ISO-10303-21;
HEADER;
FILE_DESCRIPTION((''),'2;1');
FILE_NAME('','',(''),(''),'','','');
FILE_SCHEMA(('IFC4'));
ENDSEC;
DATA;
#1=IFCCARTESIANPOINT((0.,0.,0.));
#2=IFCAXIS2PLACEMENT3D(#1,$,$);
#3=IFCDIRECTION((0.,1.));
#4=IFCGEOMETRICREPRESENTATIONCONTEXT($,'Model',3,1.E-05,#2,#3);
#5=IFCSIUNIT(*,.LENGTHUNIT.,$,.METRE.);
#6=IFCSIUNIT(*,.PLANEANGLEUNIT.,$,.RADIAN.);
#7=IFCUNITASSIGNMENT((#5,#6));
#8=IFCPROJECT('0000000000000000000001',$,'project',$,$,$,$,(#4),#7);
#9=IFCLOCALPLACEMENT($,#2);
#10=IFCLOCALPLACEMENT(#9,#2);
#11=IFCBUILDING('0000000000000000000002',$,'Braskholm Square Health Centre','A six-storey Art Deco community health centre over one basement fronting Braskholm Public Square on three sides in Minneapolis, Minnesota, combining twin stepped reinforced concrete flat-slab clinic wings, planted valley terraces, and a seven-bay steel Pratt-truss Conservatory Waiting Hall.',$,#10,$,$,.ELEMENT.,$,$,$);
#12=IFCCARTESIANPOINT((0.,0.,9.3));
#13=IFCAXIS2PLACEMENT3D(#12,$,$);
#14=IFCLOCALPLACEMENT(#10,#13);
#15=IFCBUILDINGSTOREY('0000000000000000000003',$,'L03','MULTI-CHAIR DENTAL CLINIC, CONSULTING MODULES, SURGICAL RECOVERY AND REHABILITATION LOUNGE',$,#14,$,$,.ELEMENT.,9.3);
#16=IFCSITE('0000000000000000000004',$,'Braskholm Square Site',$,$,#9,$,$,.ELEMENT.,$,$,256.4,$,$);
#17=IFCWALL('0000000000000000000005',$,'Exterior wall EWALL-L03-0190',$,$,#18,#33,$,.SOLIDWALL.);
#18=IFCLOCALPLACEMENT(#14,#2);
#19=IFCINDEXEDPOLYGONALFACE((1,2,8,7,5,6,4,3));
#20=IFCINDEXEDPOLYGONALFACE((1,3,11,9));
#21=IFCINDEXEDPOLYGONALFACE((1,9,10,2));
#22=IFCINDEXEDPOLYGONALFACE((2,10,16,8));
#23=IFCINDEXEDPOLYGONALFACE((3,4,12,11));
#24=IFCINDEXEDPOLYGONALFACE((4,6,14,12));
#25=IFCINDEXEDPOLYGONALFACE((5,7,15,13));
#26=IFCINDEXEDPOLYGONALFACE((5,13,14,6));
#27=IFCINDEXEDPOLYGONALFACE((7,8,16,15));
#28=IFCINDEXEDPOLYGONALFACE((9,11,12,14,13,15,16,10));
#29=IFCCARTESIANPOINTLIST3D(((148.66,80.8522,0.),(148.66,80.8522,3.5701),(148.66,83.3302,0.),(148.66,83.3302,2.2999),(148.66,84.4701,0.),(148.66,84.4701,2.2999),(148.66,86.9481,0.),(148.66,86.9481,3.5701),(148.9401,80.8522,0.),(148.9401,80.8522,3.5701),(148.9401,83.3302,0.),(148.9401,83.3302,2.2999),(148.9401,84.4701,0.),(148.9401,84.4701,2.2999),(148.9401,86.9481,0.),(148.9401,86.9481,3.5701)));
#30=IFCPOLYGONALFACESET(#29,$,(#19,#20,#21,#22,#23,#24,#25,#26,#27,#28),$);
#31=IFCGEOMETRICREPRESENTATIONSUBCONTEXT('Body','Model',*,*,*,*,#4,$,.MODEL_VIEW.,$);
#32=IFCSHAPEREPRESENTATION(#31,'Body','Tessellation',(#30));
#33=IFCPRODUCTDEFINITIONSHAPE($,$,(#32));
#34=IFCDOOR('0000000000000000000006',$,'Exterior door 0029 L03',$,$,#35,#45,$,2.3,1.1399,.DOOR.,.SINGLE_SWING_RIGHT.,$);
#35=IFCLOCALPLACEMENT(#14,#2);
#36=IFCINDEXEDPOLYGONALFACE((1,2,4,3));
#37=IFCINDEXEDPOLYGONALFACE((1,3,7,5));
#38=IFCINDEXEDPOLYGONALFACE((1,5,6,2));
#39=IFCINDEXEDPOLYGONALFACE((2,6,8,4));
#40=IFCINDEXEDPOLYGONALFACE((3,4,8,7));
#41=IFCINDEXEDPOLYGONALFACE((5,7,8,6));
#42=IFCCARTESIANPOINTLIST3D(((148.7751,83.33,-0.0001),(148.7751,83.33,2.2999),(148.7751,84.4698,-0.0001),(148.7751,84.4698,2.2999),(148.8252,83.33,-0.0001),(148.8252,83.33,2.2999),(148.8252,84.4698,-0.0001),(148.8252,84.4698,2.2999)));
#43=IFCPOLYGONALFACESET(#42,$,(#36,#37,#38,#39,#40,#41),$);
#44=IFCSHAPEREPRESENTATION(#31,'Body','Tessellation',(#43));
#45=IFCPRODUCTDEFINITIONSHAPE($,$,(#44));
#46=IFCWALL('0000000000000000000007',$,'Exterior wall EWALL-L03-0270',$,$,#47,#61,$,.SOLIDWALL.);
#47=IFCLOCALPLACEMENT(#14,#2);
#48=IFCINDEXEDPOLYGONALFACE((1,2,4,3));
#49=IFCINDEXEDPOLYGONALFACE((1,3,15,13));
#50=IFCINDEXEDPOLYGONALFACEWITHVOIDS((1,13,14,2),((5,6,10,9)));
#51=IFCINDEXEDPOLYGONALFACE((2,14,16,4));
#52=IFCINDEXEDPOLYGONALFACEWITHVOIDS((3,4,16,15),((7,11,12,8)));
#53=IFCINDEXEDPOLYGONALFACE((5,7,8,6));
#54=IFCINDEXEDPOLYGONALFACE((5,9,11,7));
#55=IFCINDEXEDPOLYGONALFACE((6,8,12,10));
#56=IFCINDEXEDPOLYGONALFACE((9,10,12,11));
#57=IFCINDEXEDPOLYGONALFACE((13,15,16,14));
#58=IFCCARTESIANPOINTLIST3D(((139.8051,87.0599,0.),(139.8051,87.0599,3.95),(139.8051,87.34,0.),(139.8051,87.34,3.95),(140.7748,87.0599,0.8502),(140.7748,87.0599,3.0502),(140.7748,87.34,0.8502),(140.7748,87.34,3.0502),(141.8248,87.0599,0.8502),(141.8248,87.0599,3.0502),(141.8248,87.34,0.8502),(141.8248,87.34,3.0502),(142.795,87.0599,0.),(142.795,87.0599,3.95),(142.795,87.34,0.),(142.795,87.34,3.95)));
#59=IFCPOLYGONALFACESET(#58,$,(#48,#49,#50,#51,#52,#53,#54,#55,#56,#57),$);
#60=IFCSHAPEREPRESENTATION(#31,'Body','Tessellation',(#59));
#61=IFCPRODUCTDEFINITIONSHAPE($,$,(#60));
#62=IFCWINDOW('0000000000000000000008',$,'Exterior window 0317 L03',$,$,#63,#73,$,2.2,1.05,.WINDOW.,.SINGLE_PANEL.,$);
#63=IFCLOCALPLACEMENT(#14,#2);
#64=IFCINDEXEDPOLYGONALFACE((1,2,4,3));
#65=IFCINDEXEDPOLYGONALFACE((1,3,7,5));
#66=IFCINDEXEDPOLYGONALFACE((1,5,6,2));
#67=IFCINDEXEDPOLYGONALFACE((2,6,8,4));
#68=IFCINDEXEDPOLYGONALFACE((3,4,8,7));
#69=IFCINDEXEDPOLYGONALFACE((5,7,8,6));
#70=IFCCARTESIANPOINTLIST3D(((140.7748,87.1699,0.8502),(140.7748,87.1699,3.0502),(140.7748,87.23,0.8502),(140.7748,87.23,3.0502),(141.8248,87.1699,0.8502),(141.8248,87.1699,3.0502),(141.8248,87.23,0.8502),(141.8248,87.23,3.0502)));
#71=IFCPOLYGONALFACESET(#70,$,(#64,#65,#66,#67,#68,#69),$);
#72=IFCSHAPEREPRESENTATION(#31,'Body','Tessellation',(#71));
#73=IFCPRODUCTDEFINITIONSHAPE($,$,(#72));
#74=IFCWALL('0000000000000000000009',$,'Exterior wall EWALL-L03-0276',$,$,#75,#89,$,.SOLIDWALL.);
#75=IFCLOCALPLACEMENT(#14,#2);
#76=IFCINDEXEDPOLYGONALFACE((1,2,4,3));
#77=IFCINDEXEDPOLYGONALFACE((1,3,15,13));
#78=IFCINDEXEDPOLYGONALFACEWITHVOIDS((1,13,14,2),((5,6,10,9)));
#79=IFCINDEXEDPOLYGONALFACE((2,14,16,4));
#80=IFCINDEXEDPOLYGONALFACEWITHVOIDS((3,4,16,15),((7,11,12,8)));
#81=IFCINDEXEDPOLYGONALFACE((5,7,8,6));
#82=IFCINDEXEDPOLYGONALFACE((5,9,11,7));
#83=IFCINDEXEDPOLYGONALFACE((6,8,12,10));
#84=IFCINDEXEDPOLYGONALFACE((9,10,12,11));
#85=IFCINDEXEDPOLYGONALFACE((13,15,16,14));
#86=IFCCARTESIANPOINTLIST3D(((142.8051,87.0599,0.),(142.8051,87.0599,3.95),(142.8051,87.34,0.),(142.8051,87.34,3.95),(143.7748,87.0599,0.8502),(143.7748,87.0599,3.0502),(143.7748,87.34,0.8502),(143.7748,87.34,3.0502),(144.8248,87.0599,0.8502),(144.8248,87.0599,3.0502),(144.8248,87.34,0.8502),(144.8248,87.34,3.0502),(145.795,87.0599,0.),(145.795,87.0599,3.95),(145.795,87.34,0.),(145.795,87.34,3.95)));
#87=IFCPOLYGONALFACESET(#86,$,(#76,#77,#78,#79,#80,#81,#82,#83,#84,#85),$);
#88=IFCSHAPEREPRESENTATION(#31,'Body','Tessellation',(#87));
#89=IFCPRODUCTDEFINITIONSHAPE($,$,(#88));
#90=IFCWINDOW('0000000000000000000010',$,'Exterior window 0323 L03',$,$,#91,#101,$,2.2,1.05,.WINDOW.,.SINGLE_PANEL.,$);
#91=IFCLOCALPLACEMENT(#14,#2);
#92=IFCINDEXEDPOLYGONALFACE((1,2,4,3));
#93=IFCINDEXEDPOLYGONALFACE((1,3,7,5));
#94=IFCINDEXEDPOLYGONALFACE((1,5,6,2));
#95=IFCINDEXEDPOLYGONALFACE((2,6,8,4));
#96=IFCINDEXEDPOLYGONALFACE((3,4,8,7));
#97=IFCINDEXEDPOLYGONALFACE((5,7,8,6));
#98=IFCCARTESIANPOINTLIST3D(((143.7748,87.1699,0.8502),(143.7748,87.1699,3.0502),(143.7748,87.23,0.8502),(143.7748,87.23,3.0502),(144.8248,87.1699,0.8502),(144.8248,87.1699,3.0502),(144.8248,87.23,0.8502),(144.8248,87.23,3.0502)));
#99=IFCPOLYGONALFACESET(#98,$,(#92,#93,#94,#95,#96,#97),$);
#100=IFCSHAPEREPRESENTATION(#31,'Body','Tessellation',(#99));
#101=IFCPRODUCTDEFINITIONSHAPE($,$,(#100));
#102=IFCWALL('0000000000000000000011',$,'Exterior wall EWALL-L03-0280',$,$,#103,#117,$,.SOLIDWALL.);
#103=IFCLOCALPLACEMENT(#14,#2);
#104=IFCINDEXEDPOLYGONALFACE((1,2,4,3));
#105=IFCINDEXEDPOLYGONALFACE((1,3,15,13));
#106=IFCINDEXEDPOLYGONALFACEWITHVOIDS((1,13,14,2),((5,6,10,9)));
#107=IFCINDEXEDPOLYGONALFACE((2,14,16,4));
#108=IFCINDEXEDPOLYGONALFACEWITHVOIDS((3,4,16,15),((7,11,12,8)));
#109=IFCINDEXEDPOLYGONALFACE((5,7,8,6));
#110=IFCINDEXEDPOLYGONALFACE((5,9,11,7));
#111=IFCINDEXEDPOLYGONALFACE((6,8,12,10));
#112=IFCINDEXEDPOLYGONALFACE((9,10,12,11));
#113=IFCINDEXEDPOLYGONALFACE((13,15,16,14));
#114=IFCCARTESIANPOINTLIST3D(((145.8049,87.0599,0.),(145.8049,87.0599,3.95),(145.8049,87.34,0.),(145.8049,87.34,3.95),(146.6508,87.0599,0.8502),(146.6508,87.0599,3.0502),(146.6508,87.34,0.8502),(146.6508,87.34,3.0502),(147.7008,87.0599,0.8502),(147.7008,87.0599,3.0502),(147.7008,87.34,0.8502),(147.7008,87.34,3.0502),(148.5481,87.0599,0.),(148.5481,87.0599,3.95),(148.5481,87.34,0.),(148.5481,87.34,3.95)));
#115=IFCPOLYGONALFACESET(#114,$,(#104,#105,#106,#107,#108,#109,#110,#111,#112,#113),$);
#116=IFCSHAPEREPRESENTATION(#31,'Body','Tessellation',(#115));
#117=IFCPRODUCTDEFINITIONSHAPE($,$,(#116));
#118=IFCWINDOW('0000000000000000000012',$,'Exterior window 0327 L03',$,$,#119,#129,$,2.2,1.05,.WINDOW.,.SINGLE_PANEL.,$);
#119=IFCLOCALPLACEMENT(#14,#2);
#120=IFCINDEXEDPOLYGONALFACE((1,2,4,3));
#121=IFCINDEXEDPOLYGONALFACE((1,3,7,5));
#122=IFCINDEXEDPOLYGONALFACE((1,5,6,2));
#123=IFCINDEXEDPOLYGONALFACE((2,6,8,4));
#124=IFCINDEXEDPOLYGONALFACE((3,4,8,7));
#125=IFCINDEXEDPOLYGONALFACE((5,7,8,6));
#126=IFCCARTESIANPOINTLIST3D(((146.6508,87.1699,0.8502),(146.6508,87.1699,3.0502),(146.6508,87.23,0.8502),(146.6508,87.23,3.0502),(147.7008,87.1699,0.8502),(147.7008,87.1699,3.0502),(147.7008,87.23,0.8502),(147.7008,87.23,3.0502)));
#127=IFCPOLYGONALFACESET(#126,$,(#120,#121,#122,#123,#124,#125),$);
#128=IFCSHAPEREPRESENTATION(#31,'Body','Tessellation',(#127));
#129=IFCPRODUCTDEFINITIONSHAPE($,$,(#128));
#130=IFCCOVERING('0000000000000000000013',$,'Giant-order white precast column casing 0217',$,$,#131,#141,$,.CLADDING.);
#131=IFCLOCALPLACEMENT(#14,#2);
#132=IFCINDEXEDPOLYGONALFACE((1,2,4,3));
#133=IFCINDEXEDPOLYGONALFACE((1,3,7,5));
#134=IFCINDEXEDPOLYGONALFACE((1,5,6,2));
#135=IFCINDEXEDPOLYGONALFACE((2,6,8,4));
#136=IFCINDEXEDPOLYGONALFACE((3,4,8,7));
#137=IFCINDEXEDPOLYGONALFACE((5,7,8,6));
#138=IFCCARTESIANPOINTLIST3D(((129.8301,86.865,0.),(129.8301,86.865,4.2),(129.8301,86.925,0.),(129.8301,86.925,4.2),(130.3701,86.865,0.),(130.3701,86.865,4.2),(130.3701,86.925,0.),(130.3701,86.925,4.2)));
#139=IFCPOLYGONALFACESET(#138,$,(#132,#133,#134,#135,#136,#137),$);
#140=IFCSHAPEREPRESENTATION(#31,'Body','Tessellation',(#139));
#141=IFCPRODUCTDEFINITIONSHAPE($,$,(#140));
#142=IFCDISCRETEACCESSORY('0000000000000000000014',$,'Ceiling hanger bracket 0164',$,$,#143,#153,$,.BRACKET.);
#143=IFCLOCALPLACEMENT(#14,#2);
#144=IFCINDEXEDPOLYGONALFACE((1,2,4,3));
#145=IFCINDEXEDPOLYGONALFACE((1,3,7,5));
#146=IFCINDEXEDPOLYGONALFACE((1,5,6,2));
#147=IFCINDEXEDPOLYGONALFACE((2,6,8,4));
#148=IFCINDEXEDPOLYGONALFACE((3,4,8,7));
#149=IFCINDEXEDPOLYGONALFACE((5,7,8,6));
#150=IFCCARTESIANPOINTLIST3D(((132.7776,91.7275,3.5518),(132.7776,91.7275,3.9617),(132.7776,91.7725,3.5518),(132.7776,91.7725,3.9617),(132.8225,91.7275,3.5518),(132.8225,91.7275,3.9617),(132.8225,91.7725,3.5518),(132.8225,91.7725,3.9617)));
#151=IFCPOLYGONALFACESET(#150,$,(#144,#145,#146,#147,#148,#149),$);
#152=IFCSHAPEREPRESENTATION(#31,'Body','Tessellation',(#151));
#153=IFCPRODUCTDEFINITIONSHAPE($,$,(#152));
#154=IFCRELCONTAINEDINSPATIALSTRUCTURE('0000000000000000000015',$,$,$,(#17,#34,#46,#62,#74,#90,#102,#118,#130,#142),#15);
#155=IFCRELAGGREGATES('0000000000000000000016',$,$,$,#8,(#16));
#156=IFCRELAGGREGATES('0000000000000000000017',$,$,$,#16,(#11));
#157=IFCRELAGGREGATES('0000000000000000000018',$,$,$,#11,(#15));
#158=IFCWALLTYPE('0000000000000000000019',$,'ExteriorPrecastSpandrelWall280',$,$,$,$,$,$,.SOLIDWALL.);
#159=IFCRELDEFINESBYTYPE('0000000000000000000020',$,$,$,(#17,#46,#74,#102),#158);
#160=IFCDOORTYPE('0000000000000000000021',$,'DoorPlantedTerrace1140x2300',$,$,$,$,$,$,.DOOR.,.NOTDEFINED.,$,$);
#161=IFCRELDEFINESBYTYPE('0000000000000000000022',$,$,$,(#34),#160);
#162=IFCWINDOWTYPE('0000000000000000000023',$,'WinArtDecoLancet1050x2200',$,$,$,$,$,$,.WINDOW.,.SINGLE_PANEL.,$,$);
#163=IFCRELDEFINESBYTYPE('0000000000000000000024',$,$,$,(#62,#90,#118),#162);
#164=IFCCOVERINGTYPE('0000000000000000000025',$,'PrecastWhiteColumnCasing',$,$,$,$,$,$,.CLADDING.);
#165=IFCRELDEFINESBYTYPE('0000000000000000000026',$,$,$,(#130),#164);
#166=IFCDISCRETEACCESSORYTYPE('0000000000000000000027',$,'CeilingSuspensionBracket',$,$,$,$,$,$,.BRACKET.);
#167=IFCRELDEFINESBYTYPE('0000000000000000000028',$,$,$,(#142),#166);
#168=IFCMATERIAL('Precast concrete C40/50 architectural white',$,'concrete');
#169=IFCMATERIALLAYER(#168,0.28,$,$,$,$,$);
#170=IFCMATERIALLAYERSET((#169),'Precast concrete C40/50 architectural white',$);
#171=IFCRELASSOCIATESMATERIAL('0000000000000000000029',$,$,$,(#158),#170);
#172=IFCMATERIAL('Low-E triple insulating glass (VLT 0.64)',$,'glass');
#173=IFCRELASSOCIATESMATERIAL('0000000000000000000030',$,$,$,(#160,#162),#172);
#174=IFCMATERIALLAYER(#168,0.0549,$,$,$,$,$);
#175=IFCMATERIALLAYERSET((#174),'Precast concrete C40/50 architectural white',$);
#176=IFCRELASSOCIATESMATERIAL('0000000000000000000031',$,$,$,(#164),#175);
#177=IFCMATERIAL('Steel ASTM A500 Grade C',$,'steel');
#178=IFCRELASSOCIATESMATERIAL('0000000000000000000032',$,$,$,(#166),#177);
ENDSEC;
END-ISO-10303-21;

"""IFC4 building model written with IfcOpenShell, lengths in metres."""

from ifc_helpers import new_model, si_unit, direction, frame, frame_2d, origin, origin_with_axes, origin_2d, place, context, subcontext, project, spatial, rectangle, extrude, material, layer, layer_set, type_object, element, fill, save


model = new_model("IFC4")

# Units and contexts
model_context = context("Model", 3, precision=1e-05, world=origin(), true_north=direction((0.0, 1.0)))
body_context = subcontext(model_context, "Body", "Model", "MODEL_VIEW")
ifc_project = project(units=[si_unit("LENGTHUNIT", "METRE"), si_unit("PLANEANGLEUNIT", "RADIAN")], contexts=[model_context])

# Site, building, storey
site_placement = place(None, origin())
site = spatial("IfcSite", under=ifc_project, at=site_placement, Name="Braskholm Square Site", CompositionType="ELEMENT", RefElevation=256.4)
building_placement = place(site_placement, origin())
building = spatial("IfcBuilding", under=site, at=building_placement, Name="Braskholm Square Health Centre", Description="A six-storey Art Deco community health centre over one basement fronting Braskholm Public Square on three sides in Minneapolis, Minnesota, combining twin stepped reinforced concrete flat-slab clinic wings, planted valley terraces, and a seven-bay steel Pratt-truss Conservatory Waiting Hall.", CompositionType="ELEMENT")
storey_placement = place(building_placement, frame((0.0, 0.0, 9.3)))
storey = spatial("IfcBuildingStorey", under=building, at=storey_placement, Name="L03", Description="MULTI-CHAIR DENTAL CLINIC, CONSULTING MODULES, SURGICAL RECOVERY AND REHABILITATION LOUNGE", CompositionType="ELEMENT", Elevation=9.3)

# Shared definitions
ifc_material_1 = material(Name="Precast concrete C40/50 architectural white", Category="concrete")

# Shared definitions
ifc_material_2 = material(Name="Low-E triple insulating glass (VLT 0.64)", Category="glass")

# Wall, opening, door
ifc_layer_1 = layer(ifc_material_1, 0.28)
ifc_layer_set_1 = layer_set([ifc_layer_1], Name="Precast concrete C40/50 architectural white")
wall_type = type_object("IfcWallType", Name="ExteriorPrecastSpandrelWall280", PredefinedType="SOLIDWALL", material=ifc_layer_set_1)
wall_1_placement = place(storey_placement, frame((148.8, 86.948, 0.0), z_axis=(0.0, 0.0, 1.0), x_axis=(0.0, -1.0, 0.0)))
wall_1 = element("IfcWall", 1, at=wall_1_placement, inside=storey, type_object=wall_type, Name="Exterior wall EWALL-L03-0190", PredefinedType="SOLIDWALL", context=body_context, shape_type="SweptSolid", body=[
    extrude(rectangle(XDim=6.0959, YDim=0.28, at=frame_2d((3.0479, 0.0))), origin(), (0.0, 0.0, 1.0), 3.5701),
])
opening_1_placement = place(wall_1_placement, frame((2.478, 0.0, 0.0)))
opening_1 = element("IfcOpeningElement", 2, at=opening_1_placement, cuts=wall_1, PredefinedType="OPENING", context=body_context, shape_type="SweptSolid", body=[
    extrude(rectangle(XDim=1.1399, YDim=2.3, at=frame_2d((0.5698, 1.1499))), frame((0.0, 0.1499, 0.0), z_axis=(0.0, -1.0, 0.0), x_axis=(1.0, 0.0, 0.0)), (0.0, 0.0, 1.0), 0.3),
])
door_type = type_object("IfcDoorType", Name="DoorPlantedTerrace1140x2300", OperationType="NOTDEFINED", PredefinedType="DOOR", material=ifc_material_2)
door_placement = place(opening_1_placement, frame((1.1399, 0.0, 0.0), z_axis=(0.0, 0.0, 1.0), x_axis=(-1.0, 0.0, 0.0)))
door = element("IfcDoor", 3, at=door_placement, inside=storey, type_object=door_type, Name="Exterior door 0029 L03", OperationType="SINGLE_SWING_RIGHT", OverallHeight=2.3, OverallWidth=1.1399, PredefinedType="DOOR", context=body_context, shape_type="SweptSolid", body=[
    extrude(rectangle(XDim=1.1399, YDim=2.3, at=frame_2d((0.5698, 1.1499))), frame((0.0, 0.0249, 0.0), z_axis=(0.0, -1.0, 0.0), x_axis=(1.0, 0.0, 0.0)), (0.0, 0.0, 1.0), 0.05),
])
fill(opening_1, door)

# Walls, openings, windows
wall_2_placement = place(storey_placement, frame((139.8049, 87.2, 0.0), z_axis=(0.0, 0.0, 1.0), x_axis=(1.0, 0.0, 0.0)))
wall_2 = element("IfcWall", 4, at=wall_2_placement, inside=storey, type_object=wall_type, Name="Exterior wall EWALL-L03-0270", PredefinedType="SOLIDWALL", context=body_context, shape_type="SweptSolid", body=[
    extrude(rectangle(XDim=2.99, YDim=0.28, at=frame_2d((1.4951, 0.0))), origin(), (0.0, 0.0, 1.0), 3.95),
])
opening_2_placement = place(wall_2_placement, frame((0.97, 0.0, 0.8501)))
opening_2 = element("IfcOpeningElement", 5, at=opening_2_placement, cuts=wall_2, PredefinedType="OPENING", context=body_context, shape_type="SweptSolid", body=[
    extrude(rectangle(XDim=1.05, YDim=2.2, at=frame_2d((0.5249, 1.1001))), frame((0.0, 0.1499, 0.0), z_axis=(0.0, -1.0, 0.0), x_axis=(1.0, 0.0, 0.0)), (0.0, 0.0, 1.0), 0.3),
])
window_type = type_object("IfcWindowType", Name="WinArtDecoLancet1050x2200", PartitioningType="SINGLE_PANEL", PredefinedType="WINDOW", material=ifc_material_2)
window_1_placement = place(opening_2_placement, origin_with_axes())
window_1 = element("IfcWindow", 6, at=window_1_placement, inside=storey, type_object=window_type, Name="Exterior window 0317 L03", OverallHeight=2.2, OverallWidth=1.05, PartitioningType="SINGLE_PANEL", PredefinedType="WINDOW", context=body_context, shape_type="SweptSolid", body=[
    extrude(rectangle(XDim=1.05, YDim=2.2, at=frame_2d((0.5249, 1.1001))), frame((0.0, 0.03, 0.0), z_axis=(0.0, -1.0, 0.0), x_axis=(1.0, 0.0, 0.0)), (0.0, 0.0, 1.0), 0.0601),
])
fill(opening_2, window_1)
wall_3_placement = place(storey_placement, frame((142.8049, 87.2, 0.0), z_axis=(0.0, 0.0, 1.0), x_axis=(1.0, 0.0, 0.0)))
wall_3 = element("IfcWall", 7, at=wall_3_placement, inside=storey, type_object=wall_type, Name="Exterior wall EWALL-L03-0276", PredefinedType="SOLIDWALL", context=body_context, shape_type="SweptSolid", body=[
    extrude(rectangle(XDim=2.99, YDim=0.28, at=frame_2d((1.4951, 0.0))), origin(), (0.0, 0.0, 1.0), 3.95),
])
opening_3_placement = place(wall_3_placement, frame((0.97, 0.0, 0.8501)))
opening_3 = element("IfcOpeningElement", 8, at=opening_3_placement, cuts=wall_3, PredefinedType="OPENING", context=body_context, shape_type="SweptSolid", body=[
    extrude(rectangle(XDim=1.05, YDim=2.2, at=frame_2d((0.5249, 1.1001))), frame((0.0, 0.1499, 0.0), z_axis=(0.0, -1.0, 0.0), x_axis=(1.0, 0.0, 0.0)), (0.0, 0.0, 1.0), 0.3),
])
window_2_placement = place(opening_3_placement, origin_with_axes())
window_2 = element("IfcWindow", 9, at=window_2_placement, inside=storey, type_object=window_type, Name="Exterior window 0323 L03", OverallHeight=2.2, OverallWidth=1.05, PartitioningType="SINGLE_PANEL", PredefinedType="WINDOW", context=body_context, shape_type="SweptSolid", body=[
    extrude(rectangle(XDim=1.05, YDim=2.2, at=frame_2d((0.5249, 1.1001))), frame((0.0, 0.03, 0.0), z_axis=(0.0, -1.0, 0.0), x_axis=(1.0, 0.0, 0.0)), (0.0, 0.0, 1.0), 0.0601),
])
fill(opening_3, window_2)
wall_4_placement = place(storey_placement, frame((145.8049, 87.2, 0.0), z_axis=(0.0, 0.0, 1.0), x_axis=(1.0, 0.0, 0.0)))
wall_4 = element("IfcWall", 10, at=wall_4_placement, inside=storey, type_object=wall_type, Name="Exterior wall EWALL-L03-0280", PredefinedType="SOLIDWALL", context=body_context, shape_type="SweptSolid", body=[
    extrude(rectangle(XDim=2.7432, YDim=0.28, at=frame_2d((1.3716, 0.0))), origin(), (0.0, 0.0, 1.0), 3.95),
])
opening_4_placement = place(wall_4_placement, frame((0.8459, 0.0, 0.8501)))
opening_4 = element("IfcOpeningElement", 11, at=opening_4_placement, cuts=wall_4, PredefinedType="OPENING", context=body_context, shape_type="SweptSolid", body=[
    extrude(rectangle(XDim=1.05, YDim=2.2, at=frame_2d((0.5249, 1.1001))), frame((0.0, 0.1499, 0.0), z_axis=(0.0, -1.0, 0.0), x_axis=(1.0, 0.0, 0.0)), (0.0, 0.0, 1.0), 0.3),
])
window_3_placement = place(opening_4_placement, origin_with_axes())
window_3 = element("IfcWindow", 12, at=window_3_placement, inside=storey, type_object=window_type, Name="Exterior window 0327 L03", OverallHeight=2.2, OverallWidth=1.05, PartitioningType="SINGLE_PANEL", PredefinedType="WINDOW", context=body_context, shape_type="SweptSolid", body=[
    extrude(rectangle(XDim=1.05, YDim=2.2, at=frame_2d((0.5249, 1.1001))), frame((0.0, 0.03, 0.0), z_axis=(0.0, -1.0, 0.0), x_axis=(1.0, 0.0, 0.0)), (0.0, 0.0, 1.0), 0.0601),
])
fill(opening_4, window_3)

# Covering
ifc_layer_2 = layer(ifc_material_1, 0.0549)
ifc_layer_set_2 = layer_set([ifc_layer_2], Name="Precast concrete C40/50 architectural white")
covering_type = type_object("IfcCoveringType", Name="PrecastWhiteColumnCasing", PredefinedType="CLADDING", material=ifc_layer_set_2)
covering_placement = place(storey_placement, frame((130.1001, 86.895, 0.0), z_axis=(0.0, 0.0, 1.0), x_axis=(1.0, 0.0, 0.0)))
element("IfcCovering", 13, at=covering_placement, inside=storey, type_object=covering_type, Name="Giant-order white precast column casing 0217", PredefinedType="CLADDING", context=body_context, shape_type="SweptSolid", body=[
    extrude(rectangle(XDim=0.54, YDim=0.0601, at=origin_2d()), origin(), (0.0, 0.0, 1.0), 4.2),
])

# Discrete accessory
ifc_material_3 = material(Name="Steel ASTM A500 Grade C", Category="steel")
discrete_accessory_type = type_object("IfcDiscreteAccessoryType", Name="CeilingSuspensionBracket", PredefinedType="BRACKET", material=ifc_material_3)
discrete_accessory_placement = place(storey_placement, frame((132.8, 91.75, 3.5518), z_axis=(0.0, 0.0, 1.0), x_axis=(1.0, 0.0, 0.0)))
element("IfcDiscreteAccessory", 14, at=discrete_accessory_placement, inside=storey, type_object=discrete_accessory_type, Name="Ceiling hanger bracket 0164", PredefinedType="BRACKET", context=body_context, shape_type="SweptSolid", body=[
    extrude(rectangle(XDim=0.0449, YDim=0.0449, at=origin_2d()), origin(), (0.0, 0.0, 1.0), 0.4099),
])

save(model, "model.ifc")
